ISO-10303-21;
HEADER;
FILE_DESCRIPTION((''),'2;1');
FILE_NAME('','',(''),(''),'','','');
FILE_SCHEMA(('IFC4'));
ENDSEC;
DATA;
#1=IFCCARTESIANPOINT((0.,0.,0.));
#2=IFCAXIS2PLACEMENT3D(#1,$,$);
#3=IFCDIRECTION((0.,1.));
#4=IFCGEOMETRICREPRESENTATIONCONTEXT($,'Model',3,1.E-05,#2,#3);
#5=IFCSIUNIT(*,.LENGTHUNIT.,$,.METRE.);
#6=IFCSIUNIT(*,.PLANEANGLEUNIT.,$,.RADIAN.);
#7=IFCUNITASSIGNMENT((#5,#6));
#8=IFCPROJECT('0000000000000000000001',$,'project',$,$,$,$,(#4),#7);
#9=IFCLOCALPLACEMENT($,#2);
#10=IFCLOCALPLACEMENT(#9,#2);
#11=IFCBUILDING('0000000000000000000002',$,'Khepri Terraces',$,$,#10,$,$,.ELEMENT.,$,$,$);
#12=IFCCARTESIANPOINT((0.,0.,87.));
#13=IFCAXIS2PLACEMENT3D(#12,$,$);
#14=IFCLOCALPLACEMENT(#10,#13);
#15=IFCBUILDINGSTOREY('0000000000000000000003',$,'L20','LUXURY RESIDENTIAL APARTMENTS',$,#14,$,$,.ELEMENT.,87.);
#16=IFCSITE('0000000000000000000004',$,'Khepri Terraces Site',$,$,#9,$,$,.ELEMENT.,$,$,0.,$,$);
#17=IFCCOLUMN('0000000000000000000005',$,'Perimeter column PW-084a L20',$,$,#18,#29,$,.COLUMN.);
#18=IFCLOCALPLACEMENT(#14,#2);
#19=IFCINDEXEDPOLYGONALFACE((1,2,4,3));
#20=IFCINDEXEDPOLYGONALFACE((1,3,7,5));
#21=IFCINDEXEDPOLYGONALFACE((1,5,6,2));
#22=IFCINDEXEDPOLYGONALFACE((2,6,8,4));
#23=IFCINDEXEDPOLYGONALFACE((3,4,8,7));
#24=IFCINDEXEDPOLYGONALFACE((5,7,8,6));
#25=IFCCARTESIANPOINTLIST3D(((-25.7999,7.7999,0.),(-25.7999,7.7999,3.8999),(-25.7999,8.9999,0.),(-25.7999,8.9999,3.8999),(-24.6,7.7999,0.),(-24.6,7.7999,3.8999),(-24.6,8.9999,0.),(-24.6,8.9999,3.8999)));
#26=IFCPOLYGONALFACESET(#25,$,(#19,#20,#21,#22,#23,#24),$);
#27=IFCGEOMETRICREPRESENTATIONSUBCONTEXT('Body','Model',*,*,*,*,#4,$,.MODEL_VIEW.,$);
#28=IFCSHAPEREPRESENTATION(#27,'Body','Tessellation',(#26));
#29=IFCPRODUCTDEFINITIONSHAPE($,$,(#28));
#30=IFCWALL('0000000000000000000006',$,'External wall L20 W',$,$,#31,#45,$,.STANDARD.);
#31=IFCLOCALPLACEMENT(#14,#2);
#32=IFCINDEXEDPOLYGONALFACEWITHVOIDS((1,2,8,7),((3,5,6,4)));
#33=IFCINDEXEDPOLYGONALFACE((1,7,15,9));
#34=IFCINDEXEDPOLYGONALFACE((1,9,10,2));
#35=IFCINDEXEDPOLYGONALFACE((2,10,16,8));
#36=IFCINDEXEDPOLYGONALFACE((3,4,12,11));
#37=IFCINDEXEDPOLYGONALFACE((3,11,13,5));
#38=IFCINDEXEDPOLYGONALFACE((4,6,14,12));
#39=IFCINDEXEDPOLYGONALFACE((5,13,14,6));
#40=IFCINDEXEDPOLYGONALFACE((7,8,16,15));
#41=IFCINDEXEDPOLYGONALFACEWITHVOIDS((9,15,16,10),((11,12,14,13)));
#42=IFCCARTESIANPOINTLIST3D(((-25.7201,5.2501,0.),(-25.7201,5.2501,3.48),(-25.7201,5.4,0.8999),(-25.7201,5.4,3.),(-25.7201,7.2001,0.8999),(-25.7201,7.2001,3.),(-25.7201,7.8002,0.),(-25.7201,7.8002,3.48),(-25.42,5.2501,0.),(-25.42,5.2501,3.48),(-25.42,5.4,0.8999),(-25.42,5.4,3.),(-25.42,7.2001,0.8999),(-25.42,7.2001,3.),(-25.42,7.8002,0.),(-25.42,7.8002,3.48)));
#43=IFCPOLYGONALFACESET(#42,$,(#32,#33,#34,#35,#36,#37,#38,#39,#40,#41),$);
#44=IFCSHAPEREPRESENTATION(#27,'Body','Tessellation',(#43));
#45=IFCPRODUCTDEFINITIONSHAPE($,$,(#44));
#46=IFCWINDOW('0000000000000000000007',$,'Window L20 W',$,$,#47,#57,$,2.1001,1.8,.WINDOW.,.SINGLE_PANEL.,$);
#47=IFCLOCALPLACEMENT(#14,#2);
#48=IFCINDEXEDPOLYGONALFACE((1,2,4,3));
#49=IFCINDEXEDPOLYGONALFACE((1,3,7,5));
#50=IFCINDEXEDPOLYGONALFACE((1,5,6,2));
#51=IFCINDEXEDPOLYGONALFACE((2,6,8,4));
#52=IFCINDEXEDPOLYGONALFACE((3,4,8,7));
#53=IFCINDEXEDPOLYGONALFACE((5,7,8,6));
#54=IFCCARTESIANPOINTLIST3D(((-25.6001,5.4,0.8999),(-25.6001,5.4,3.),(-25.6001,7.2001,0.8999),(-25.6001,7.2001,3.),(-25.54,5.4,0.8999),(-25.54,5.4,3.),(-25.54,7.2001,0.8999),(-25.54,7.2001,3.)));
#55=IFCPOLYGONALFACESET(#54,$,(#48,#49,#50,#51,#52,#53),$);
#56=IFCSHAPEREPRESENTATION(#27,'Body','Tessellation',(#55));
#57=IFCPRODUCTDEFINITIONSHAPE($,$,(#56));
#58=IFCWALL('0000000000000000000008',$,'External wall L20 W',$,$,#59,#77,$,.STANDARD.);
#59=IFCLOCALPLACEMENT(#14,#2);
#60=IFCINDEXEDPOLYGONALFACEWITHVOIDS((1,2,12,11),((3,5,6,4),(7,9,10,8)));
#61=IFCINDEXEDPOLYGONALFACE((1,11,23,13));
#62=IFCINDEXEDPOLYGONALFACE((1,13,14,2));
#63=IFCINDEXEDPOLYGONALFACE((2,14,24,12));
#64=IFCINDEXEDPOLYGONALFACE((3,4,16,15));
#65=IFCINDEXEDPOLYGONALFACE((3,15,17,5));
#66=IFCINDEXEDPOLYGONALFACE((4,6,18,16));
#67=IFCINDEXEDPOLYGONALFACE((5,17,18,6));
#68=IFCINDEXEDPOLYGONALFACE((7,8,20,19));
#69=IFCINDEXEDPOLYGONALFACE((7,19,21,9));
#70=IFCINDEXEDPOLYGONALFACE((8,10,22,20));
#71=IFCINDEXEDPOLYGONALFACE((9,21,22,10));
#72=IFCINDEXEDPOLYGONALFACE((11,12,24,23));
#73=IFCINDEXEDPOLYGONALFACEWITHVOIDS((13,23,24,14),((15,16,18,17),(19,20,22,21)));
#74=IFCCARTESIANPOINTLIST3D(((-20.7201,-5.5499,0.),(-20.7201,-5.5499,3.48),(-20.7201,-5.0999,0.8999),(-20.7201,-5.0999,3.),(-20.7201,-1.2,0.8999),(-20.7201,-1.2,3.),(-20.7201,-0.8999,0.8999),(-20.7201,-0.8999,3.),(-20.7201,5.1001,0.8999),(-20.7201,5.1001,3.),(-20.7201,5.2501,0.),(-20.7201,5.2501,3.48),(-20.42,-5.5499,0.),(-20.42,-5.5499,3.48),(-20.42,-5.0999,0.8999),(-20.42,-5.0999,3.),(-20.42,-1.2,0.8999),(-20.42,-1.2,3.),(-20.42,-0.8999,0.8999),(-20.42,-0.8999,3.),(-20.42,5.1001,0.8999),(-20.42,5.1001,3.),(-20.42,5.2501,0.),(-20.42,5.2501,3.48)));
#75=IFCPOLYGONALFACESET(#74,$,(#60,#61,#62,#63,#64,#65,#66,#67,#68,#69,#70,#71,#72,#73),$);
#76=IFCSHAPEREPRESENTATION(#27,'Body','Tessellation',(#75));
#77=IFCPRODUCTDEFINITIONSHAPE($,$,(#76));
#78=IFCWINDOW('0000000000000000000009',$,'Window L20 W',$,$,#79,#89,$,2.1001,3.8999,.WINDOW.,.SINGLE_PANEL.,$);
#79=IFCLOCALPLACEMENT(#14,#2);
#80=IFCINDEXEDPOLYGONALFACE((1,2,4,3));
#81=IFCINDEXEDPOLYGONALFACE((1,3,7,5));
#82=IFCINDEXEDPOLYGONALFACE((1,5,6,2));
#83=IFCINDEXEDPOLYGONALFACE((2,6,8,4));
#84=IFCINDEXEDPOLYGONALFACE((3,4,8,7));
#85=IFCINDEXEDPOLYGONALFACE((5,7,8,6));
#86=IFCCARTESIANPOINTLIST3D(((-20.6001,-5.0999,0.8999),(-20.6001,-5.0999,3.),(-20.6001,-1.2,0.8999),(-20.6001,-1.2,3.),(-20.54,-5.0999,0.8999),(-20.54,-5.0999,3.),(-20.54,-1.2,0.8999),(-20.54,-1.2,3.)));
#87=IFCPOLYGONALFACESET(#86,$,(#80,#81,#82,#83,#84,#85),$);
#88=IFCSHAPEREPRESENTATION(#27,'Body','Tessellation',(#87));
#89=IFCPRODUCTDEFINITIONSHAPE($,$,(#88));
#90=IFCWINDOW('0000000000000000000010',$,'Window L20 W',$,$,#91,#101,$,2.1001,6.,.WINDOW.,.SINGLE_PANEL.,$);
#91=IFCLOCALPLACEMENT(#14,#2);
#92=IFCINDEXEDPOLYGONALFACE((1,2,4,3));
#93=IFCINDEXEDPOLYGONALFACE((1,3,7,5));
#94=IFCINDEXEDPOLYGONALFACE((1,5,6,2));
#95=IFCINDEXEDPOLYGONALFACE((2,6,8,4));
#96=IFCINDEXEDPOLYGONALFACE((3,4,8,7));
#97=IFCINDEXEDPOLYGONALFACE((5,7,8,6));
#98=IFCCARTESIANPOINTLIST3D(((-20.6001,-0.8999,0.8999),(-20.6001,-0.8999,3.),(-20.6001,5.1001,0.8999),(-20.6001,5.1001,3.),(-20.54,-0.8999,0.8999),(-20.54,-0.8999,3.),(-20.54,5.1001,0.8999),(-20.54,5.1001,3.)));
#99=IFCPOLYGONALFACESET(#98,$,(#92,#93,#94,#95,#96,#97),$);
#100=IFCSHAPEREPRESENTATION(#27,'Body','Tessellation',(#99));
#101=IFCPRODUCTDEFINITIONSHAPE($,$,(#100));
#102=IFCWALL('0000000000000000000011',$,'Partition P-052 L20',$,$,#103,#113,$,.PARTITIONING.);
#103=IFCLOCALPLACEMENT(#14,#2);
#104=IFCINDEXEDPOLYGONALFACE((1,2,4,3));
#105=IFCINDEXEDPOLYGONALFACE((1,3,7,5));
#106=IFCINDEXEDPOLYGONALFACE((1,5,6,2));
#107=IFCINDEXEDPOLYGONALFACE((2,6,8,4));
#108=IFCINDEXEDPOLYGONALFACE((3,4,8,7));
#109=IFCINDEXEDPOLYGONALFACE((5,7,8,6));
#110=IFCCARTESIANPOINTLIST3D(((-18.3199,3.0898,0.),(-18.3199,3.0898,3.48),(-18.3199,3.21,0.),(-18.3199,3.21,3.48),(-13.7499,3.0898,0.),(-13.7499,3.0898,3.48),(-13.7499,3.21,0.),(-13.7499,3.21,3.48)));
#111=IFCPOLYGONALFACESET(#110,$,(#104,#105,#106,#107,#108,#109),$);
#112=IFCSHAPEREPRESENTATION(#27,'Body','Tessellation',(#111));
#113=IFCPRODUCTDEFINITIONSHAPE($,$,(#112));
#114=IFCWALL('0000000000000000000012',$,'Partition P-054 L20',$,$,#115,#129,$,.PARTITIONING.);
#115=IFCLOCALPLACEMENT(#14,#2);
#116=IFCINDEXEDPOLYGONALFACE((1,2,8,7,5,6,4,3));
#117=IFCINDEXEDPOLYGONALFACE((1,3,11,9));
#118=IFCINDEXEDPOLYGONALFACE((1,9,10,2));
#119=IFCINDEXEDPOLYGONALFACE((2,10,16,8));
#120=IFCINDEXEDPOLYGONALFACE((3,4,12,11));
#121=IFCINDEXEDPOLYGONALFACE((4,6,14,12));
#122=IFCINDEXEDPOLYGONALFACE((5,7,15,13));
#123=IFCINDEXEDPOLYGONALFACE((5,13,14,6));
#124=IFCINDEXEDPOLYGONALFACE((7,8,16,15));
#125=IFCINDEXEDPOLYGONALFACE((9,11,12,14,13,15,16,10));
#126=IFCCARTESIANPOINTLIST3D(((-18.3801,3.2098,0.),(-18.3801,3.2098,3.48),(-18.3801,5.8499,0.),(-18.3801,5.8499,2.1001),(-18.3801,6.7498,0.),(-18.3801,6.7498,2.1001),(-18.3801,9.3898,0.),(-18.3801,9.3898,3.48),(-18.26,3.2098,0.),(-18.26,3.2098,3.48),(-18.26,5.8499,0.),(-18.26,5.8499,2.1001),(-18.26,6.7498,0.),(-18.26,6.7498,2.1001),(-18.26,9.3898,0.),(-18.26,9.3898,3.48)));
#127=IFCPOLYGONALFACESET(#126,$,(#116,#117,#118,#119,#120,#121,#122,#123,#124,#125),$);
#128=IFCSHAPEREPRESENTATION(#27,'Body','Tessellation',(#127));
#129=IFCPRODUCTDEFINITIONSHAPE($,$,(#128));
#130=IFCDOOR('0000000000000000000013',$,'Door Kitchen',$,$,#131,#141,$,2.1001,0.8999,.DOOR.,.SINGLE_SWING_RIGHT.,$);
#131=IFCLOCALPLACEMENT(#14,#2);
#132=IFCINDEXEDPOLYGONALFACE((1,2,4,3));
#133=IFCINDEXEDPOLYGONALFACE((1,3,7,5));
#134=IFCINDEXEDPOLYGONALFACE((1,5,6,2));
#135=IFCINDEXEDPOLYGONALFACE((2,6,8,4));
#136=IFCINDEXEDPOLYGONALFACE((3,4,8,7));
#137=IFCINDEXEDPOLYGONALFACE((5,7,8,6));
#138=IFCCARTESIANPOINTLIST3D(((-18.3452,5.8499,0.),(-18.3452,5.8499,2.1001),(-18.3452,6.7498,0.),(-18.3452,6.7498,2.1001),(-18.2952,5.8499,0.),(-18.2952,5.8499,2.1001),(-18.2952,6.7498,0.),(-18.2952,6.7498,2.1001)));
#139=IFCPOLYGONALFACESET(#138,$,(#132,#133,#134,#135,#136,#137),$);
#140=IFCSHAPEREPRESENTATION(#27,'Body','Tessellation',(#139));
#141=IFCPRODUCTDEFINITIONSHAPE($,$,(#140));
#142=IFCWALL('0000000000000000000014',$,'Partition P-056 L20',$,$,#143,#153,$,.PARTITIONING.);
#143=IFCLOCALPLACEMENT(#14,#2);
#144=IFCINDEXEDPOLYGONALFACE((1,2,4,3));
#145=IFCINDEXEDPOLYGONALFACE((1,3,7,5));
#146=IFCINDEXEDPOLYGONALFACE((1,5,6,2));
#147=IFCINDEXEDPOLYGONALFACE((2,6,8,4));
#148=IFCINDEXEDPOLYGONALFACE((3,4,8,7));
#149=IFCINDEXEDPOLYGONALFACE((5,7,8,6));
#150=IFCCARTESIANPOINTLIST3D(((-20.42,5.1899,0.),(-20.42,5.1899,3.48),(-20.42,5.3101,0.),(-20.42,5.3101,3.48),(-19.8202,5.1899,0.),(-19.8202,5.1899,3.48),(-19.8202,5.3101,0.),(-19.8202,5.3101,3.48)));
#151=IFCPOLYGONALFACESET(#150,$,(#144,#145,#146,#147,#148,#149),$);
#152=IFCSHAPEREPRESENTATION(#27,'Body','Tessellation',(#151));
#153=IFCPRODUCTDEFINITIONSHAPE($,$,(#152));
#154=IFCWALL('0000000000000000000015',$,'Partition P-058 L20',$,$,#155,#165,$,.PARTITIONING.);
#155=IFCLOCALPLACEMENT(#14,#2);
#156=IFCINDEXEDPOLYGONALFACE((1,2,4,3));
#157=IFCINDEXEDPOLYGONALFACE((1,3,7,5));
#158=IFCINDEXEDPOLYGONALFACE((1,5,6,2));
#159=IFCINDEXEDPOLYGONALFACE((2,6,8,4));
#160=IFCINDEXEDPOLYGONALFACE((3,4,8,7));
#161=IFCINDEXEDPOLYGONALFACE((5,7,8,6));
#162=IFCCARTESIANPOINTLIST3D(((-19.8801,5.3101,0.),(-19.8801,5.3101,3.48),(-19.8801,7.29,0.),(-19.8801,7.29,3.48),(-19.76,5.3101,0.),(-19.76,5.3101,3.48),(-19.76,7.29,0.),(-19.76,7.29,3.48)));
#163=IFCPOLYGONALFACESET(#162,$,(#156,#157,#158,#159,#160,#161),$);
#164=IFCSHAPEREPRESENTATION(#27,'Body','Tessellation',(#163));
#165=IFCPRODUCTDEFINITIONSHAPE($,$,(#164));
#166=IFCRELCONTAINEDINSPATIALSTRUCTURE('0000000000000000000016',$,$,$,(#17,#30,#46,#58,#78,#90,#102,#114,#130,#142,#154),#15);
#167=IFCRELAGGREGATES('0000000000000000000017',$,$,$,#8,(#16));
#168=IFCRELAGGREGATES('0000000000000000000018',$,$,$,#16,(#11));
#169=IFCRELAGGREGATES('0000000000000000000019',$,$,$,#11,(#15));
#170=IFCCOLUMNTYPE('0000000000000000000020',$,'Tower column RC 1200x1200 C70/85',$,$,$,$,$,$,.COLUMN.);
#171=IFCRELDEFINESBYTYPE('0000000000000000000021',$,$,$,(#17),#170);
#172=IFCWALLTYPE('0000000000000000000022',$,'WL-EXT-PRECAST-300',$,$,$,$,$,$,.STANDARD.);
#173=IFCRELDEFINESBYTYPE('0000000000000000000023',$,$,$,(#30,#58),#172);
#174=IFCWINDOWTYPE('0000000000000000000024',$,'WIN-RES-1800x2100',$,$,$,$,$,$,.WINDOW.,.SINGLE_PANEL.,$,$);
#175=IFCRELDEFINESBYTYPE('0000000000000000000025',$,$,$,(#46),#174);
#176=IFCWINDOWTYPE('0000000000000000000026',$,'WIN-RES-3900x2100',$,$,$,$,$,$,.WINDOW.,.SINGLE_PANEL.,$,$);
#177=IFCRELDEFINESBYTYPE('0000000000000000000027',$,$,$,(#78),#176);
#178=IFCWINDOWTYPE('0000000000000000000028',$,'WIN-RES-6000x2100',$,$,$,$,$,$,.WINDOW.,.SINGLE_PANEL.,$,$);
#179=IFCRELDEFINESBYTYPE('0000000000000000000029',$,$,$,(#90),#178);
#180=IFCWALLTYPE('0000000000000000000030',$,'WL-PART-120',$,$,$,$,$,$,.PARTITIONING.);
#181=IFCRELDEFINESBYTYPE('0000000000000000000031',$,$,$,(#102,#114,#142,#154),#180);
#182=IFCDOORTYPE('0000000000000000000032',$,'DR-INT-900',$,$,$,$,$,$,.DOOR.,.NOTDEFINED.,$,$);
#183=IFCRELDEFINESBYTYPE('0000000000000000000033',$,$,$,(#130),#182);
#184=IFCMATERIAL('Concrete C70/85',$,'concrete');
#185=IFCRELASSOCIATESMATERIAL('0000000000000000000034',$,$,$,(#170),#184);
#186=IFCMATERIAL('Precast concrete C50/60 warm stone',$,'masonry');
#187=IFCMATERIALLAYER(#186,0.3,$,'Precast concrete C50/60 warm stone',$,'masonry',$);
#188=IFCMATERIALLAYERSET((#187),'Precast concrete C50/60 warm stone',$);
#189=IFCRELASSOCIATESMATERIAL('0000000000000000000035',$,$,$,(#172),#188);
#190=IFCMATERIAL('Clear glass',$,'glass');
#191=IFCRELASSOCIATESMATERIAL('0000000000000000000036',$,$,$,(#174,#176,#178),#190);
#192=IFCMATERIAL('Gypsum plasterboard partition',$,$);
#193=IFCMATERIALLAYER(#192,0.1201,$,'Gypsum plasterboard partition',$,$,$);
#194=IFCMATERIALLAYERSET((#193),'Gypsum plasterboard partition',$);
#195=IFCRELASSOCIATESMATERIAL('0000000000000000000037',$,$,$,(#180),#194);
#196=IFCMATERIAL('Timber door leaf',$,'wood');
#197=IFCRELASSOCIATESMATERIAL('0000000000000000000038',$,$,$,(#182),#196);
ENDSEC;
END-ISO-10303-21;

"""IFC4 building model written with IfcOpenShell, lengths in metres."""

from ifc_helpers import new_model, si_unit, direction, frame, frame_2d, origin, origin_2d, place, context, subcontext, project, spatial, rectangle, extrude, material, layer, layer_set, material_profile, profile_set, type_object, element, fill, save


model = new_model("IFC4")

# Units and contexts
model_context = context("Model", 3, precision=1e-05, world=origin(), true_north=direction((0.0, 1.0)))
body_context = subcontext(model_context, "Body", "Model", "MODEL_VIEW")
ifc_project = project(units=[si_unit("LENGTHUNIT", "METRE"), si_unit("PLANEANGLEUNIT", "RADIAN")], contexts=[model_context])

# Site, building, storey
site_placement = place(None, origin())
site = spatial("IfcSite", under=ifc_project, at=site_placement, Name="Khepri Terraces Site", CompositionType="ELEMENT", RefElevation=0.0)
building_placement = place(site_placement, origin())
building = spatial("IfcBuilding", under=site, at=building_placement, Name="Khepri Terraces", CompositionType="ELEMENT")
storey_placement = place(building_placement, frame((0.0, 0.0, 87.0)))
storey = spatial("IfcBuildingStorey", under=building, at=storey_placement, Name="L20", Description="LUXURY RESIDENTIAL APARTMENTS", CompositionType="ELEMENT", Elevation=87.0)

# Column
ifc_material_1 = material(Name="Concrete C70/85", Category="concrete")
ifc_material_profile = material_profile(ifc_material_1, rectangle(XDim=1.2, YDim=1.2, at=origin_2d()), Name="Concrete C70/85", Category="concrete")
ifc_profile_set = profile_set([ifc_material_profile], Name="Concrete C70/85")
column_type = type_object("IfcColumnType", Name="Tower column RC 1200x1200 C70/85", PredefinedType="COLUMN", material=ifc_profile_set)
column_placement = place(storey_placement, frame((-25.2, 8.3999, 0.0), z_axis=(0.0, 0.0, 1.0), x_axis=(1.0, 0.0, 0.0)))
element("IfcColumn", 1, at=column_placement, inside=storey, type_object=column_type, Name="Perimeter column PW-084a L20", PredefinedType="COLUMN", context=body_context, shape_type="SweptSolid", body=[
    extrude(rectangle(XDim=1.2, YDim=1.2, at=origin_2d()), origin(), (0.0, 0.0, 1.0), 3.8999),
])

# Wall, opening, window
ifc_material_2 = material(Name="Precast concrete C50/60 warm stone", Category="masonry")
ifc_layer_1 = layer(ifc_material_2, 0.3, Name="Precast concrete C50/60 warm stone", Category="masonry")
ifc_layer_set_1 = layer_set([ifc_layer_1], Name="Precast concrete C50/60 warm stone")
wall_type_1 = type_object("IfcWallType", Name="WL-EXT-PRECAST-300", PredefinedType="STANDARD", material=ifc_layer_set_1)
wall_1_placement = place(storey_placement, frame((-25.5701, 7.8, 0.0), z_axis=(0.0, 0.0, 1.0), x_axis=(0.0, -1.0, 0.0)))
wall_1 = element("IfcWall", 2, at=wall_1_placement, inside=storey, type_object=wall_type_1, Name="External wall L20 W", PredefinedType="STANDARD", context=body_context, shape_type="SweptSolid", body=[
    extrude(rectangle(XDim=2.55, YDim=0.3, at=frame_2d((1.2749, 0.0))), origin(), (0.0, 0.0, 1.0), 3.48),
])
opening_1_placement = place(wall_1_placement, frame((0.6001, 0.0, 0.8999)))
opening_1 = element("IfcOpeningElement", 3, at=opening_1_placement, cuts=wall_1, PredefinedType="OPENING", context=body_context, shape_type="SweptSolid", body=[
    extrude(rectangle(XDim=1.8, YDim=2.1001, at=frame_2d((0.8999, 1.05))), frame((0.0, 0.1602, 0.0), z_axis=(0.0, -1.0, 0.0), x_axis=(1.0, 0.0, 0.0)), (0.0, 0.0, 1.0), 0.3201),
])
ifc_material_3 = material(Name="Clear glass", Category="glass")
window_type_1 = type_object("IfcWindowType", Name="WIN-RES-1800x2100", PartitioningType="SINGLE_PANEL", PredefinedType="WINDOW", material=ifc_material_3)
window_1_placement = place(opening_1_placement, origin())
window_1 = element("IfcWindow", 4, at=window_1_placement, inside=storey, type_object=window_type_1, Name="Window L20 W", OverallHeight=2.1001, OverallWidth=1.8, PartitioningType="SINGLE_PANEL", PredefinedType="WINDOW", context=body_context, shape_type="SweptSolid", body=[
    extrude(rectangle(XDim=1.8, YDim=2.1001, at=frame_2d((0.8999, 1.05))), frame((0.0, 0.03, 0.0), z_axis=(0.0, -1.0, 0.0), x_axis=(1.0, 0.0, 0.0)), (0.0, 0.0, 1.0), 0.0601),
])
fill(opening_1, window_1)

# Wall, openings, windows
wall_2_placement = place(storey_placement, frame((-20.5701, 5.25, 0.0), z_axis=(0.0, 0.0, 1.0), x_axis=(0.0, -1.0, 0.0)))
wall_2 = element("IfcWall", 5, at=wall_2_placement, inside=storey, type_object=wall_type_1, Name="External wall L20 W", PredefinedType="STANDARD", context=body_context, shape_type="SweptSolid", body=[
    extrude(rectangle(XDim=10.8, YDim=0.3, at=frame_2d((5.3999, 0.0))), origin(), (0.0, 0.0, 1.0), 3.48),
])
opening_2_placement = place(wall_2_placement, frame((0.1499, 0.0, 0.8999)))
opening_2 = element("IfcOpeningElement", 6, at=opening_2_placement, cuts=wall_2, PredefinedType="OPENING", context=body_context, shape_type="SweptSolid", body=[
    extrude(rectangle(XDim=6.0, YDim=2.1001, at=frame_2d((3.0, 1.05))), frame((0.0, 0.1602, 0.0), z_axis=(0.0, -1.0, 0.0), x_axis=(1.0, 0.0, 0.0)), (0.0, 0.0, 1.0), 0.3201),
])
opening_3_placement = place(wall_2_placement, frame((6.45, 0.0, 0.8999)))
opening_3 = element("IfcOpeningElement", 7, at=opening_3_placement, cuts=wall_2, PredefinedType="OPENING", context=body_context, shape_type="SweptSolid", body=[
    extrude(rectangle(XDim=3.8999, YDim=2.1001, at=frame_2d((1.95, 1.05))), frame((0.0, 0.1602, 0.0), z_axis=(0.0, -1.0, 0.0), x_axis=(1.0, 0.0, 0.0)), (0.0, 0.0, 1.0), 0.3201),
])
window_type_2 = type_object("IfcWindowType", Name="WIN-RES-3900x2100", PartitioningType="SINGLE_PANEL", PredefinedType="WINDOW", material=ifc_material_3)
window_2_placement = place(opening_3_placement, origin())
window_2 = element("IfcWindow", 8, at=window_2_placement, inside=storey, type_object=window_type_2, Name="Window L20 W", OverallHeight=2.1001, OverallWidth=3.8999, PartitioningType="SINGLE_PANEL", PredefinedType="WINDOW", context=body_context, shape_type="SweptSolid", body=[
    extrude(rectangle(XDim=3.8999, YDim=2.1001, at=frame_2d((1.95, 1.05))), frame((0.0, 0.03, 0.0), z_axis=(0.0, -1.0, 0.0), x_axis=(1.0, 0.0, 0.0)), (0.0, 0.0, 1.0), 0.0601),
])
fill(opening_3, window_2)
window_type_3 = type_object("IfcWindowType", Name="WIN-RES-6000x2100", PartitioningType="SINGLE_PANEL", PredefinedType="WINDOW", material=ifc_material_3)
window_3_placement = place(opening_2_placement, origin())
window_3 = element("IfcWindow", 9, at=window_3_placement, inside=storey, type_object=window_type_3, Name="Window L20 W", OverallHeight=2.1001, OverallWidth=6.0, PartitioningType="SINGLE_PANEL", PredefinedType="WINDOW", context=body_context, shape_type="SweptSolid", body=[
    extrude(rectangle(XDim=6.0, YDim=2.1001, at=frame_2d((3.0, 1.05))), frame((0.0, 0.03, 0.0), z_axis=(0.0, -1.0, 0.0), x_axis=(1.0, 0.0, 0.0)), (0.0, 0.0, 1.0), 0.0601),
])
fill(opening_2, window_3)

# Wall
ifc_material_4 = material(Name="Gypsum plasterboard partition")
ifc_layer_2 = layer(ifc_material_4, 0.1201, Name="Gypsum plasterboard partition")
ifc_layer_set_2 = layer_set([ifc_layer_2], Name="Gypsum plasterboard partition")
wall_type_2 = type_object("IfcWallType", Name="WL-PART-120", PredefinedType="PARTITIONING", material=ifc_layer_set_2)
wall_3_placement = place(storey_placement, frame((-18.3201, 3.1499, 0.0), z_axis=(0.0, 0.0, 1.0), x_axis=(1.0, 0.0, 0.0)))
element("IfcWall", 10, at=wall_3_placement, inside=storey, type_object=wall_type_2, Name="Partition P-052 L20", PredefinedType="PARTITIONING", context=body_context, shape_type="SweptSolid", body=[
    extrude(rectangle(XDim=4.5701, YDim=0.1201, at=frame_2d((2.2852, 0.0))), origin(), (0.0, 0.0, 1.0), 3.48),
])

# Wall, opening, door
wall_4_placement = place(storey_placement, frame((-18.3201, 3.21, 0.0), z_axis=(0.0, 0.0, 1.0), x_axis=(0.0, 1.0, 0.0)))
wall_4 = element("IfcWall", 11, at=wall_4_placement, inside=storey, type_object=wall_type_2, Name="Partition P-054 L20", PredefinedType="PARTITIONING", context=body_context, shape_type="SweptSolid", body=[
    extrude(rectangle(XDim=6.1799, YDim=0.1201, at=frame_2d((3.0898, 0.0))), origin(), (0.0, 0.0, 1.0), 3.48),
])
opening_4_placement = place(wall_4_placement, frame((2.6399, 0.0, 0.0)))
opening_4 = element("IfcOpeningElement", 12, at=opening_4_placement, cuts=wall_4, PredefinedType="OPENING", context=body_context, shape_type="SweptSolid", body=[
    extrude(rectangle(XDim=0.8999, YDim=2.1001, at=frame_2d((0.45, 1.05))), frame((0.0, 0.0701, 0.0), z_axis=(0.0, -1.0, 0.0), x_axis=(1.0, 0.0, 0.0)), (0.0, 0.0, 1.0), 0.1401),
])
ifc_material_5 = material(Name="Timber door leaf", Category="wood")
door_type_1 = type_object("IfcDoorType", Name="DR-INT-900", OperationType="NOTDEFINED", PredefinedType="DOOR", material=ifc_material_5)
door_1_placement = place(opening_4_placement, frame((0.8999, 0.0, 0.0), z_axis=(0.0, 0.0, 1.0), x_axis=(-1.0, 0.0, 0.0)))
door_1 = element("IfcDoor", 13, at=door_1_placement, inside=storey, type_object=door_type_1, Name="Door Kitchen", OperationType="SINGLE_SWING_RIGHT", OverallHeight=2.1001, OverallWidth=0.8999, PredefinedType="DOOR", context=body_context, shape_type="SweptSolid", body=[
    extrude(rectangle(XDim=0.8999, YDim=2.1001, at=frame_2d((0.45, 1.05))), frame((0.0, 0.0249, 0.0), z_axis=(0.0, -1.0, 0.0), x_axis=(1.0, 0.0, 0.0)), (0.0, 0.0, 1.0), 0.05),
])
fill(opening_4, door_1)

# Walls
wall_5_placement = place(storey_placement, frame((-20.4199, 5.25, 0.0), z_axis=(0.0, 0.0, 1.0), x_axis=(1.0, 0.0, 0.0)))
element("IfcWall", 14, at=wall_5_placement, inside=storey, type_object=wall_type_2, Name="Partition P-056 L20", PredefinedType="PARTITIONING", context=body_context, shape_type="SweptSolid", body=[
    extrude(rectangle(XDim=0.5999, YDim=0.1201, at=frame_2d((0.2998, 0.0))), origin(), (0.0, 0.0, 1.0), 3.48),
])
wall_6_placement = place(storey_placement, frame((-19.8201, 5.3101, 0.0), z_axis=(0.0, 0.0, 1.0), x_axis=(0.0, 1.0, 0.0)))
element("IfcWall", 15, at=wall_6_placement, inside=storey, type_object=wall_type_2, Name="Partition P-058 L20", PredefinedType="PARTITIONING", context=body_context, shape_type="SweptSolid", body=[
    extrude(rectangle(XDim=1.98, YDim=0.1201, at=frame_2d((0.99, 0.0))), origin(), (0.0, 0.0, 1.0), 3.48),
])

save(model, "model.ifc")
